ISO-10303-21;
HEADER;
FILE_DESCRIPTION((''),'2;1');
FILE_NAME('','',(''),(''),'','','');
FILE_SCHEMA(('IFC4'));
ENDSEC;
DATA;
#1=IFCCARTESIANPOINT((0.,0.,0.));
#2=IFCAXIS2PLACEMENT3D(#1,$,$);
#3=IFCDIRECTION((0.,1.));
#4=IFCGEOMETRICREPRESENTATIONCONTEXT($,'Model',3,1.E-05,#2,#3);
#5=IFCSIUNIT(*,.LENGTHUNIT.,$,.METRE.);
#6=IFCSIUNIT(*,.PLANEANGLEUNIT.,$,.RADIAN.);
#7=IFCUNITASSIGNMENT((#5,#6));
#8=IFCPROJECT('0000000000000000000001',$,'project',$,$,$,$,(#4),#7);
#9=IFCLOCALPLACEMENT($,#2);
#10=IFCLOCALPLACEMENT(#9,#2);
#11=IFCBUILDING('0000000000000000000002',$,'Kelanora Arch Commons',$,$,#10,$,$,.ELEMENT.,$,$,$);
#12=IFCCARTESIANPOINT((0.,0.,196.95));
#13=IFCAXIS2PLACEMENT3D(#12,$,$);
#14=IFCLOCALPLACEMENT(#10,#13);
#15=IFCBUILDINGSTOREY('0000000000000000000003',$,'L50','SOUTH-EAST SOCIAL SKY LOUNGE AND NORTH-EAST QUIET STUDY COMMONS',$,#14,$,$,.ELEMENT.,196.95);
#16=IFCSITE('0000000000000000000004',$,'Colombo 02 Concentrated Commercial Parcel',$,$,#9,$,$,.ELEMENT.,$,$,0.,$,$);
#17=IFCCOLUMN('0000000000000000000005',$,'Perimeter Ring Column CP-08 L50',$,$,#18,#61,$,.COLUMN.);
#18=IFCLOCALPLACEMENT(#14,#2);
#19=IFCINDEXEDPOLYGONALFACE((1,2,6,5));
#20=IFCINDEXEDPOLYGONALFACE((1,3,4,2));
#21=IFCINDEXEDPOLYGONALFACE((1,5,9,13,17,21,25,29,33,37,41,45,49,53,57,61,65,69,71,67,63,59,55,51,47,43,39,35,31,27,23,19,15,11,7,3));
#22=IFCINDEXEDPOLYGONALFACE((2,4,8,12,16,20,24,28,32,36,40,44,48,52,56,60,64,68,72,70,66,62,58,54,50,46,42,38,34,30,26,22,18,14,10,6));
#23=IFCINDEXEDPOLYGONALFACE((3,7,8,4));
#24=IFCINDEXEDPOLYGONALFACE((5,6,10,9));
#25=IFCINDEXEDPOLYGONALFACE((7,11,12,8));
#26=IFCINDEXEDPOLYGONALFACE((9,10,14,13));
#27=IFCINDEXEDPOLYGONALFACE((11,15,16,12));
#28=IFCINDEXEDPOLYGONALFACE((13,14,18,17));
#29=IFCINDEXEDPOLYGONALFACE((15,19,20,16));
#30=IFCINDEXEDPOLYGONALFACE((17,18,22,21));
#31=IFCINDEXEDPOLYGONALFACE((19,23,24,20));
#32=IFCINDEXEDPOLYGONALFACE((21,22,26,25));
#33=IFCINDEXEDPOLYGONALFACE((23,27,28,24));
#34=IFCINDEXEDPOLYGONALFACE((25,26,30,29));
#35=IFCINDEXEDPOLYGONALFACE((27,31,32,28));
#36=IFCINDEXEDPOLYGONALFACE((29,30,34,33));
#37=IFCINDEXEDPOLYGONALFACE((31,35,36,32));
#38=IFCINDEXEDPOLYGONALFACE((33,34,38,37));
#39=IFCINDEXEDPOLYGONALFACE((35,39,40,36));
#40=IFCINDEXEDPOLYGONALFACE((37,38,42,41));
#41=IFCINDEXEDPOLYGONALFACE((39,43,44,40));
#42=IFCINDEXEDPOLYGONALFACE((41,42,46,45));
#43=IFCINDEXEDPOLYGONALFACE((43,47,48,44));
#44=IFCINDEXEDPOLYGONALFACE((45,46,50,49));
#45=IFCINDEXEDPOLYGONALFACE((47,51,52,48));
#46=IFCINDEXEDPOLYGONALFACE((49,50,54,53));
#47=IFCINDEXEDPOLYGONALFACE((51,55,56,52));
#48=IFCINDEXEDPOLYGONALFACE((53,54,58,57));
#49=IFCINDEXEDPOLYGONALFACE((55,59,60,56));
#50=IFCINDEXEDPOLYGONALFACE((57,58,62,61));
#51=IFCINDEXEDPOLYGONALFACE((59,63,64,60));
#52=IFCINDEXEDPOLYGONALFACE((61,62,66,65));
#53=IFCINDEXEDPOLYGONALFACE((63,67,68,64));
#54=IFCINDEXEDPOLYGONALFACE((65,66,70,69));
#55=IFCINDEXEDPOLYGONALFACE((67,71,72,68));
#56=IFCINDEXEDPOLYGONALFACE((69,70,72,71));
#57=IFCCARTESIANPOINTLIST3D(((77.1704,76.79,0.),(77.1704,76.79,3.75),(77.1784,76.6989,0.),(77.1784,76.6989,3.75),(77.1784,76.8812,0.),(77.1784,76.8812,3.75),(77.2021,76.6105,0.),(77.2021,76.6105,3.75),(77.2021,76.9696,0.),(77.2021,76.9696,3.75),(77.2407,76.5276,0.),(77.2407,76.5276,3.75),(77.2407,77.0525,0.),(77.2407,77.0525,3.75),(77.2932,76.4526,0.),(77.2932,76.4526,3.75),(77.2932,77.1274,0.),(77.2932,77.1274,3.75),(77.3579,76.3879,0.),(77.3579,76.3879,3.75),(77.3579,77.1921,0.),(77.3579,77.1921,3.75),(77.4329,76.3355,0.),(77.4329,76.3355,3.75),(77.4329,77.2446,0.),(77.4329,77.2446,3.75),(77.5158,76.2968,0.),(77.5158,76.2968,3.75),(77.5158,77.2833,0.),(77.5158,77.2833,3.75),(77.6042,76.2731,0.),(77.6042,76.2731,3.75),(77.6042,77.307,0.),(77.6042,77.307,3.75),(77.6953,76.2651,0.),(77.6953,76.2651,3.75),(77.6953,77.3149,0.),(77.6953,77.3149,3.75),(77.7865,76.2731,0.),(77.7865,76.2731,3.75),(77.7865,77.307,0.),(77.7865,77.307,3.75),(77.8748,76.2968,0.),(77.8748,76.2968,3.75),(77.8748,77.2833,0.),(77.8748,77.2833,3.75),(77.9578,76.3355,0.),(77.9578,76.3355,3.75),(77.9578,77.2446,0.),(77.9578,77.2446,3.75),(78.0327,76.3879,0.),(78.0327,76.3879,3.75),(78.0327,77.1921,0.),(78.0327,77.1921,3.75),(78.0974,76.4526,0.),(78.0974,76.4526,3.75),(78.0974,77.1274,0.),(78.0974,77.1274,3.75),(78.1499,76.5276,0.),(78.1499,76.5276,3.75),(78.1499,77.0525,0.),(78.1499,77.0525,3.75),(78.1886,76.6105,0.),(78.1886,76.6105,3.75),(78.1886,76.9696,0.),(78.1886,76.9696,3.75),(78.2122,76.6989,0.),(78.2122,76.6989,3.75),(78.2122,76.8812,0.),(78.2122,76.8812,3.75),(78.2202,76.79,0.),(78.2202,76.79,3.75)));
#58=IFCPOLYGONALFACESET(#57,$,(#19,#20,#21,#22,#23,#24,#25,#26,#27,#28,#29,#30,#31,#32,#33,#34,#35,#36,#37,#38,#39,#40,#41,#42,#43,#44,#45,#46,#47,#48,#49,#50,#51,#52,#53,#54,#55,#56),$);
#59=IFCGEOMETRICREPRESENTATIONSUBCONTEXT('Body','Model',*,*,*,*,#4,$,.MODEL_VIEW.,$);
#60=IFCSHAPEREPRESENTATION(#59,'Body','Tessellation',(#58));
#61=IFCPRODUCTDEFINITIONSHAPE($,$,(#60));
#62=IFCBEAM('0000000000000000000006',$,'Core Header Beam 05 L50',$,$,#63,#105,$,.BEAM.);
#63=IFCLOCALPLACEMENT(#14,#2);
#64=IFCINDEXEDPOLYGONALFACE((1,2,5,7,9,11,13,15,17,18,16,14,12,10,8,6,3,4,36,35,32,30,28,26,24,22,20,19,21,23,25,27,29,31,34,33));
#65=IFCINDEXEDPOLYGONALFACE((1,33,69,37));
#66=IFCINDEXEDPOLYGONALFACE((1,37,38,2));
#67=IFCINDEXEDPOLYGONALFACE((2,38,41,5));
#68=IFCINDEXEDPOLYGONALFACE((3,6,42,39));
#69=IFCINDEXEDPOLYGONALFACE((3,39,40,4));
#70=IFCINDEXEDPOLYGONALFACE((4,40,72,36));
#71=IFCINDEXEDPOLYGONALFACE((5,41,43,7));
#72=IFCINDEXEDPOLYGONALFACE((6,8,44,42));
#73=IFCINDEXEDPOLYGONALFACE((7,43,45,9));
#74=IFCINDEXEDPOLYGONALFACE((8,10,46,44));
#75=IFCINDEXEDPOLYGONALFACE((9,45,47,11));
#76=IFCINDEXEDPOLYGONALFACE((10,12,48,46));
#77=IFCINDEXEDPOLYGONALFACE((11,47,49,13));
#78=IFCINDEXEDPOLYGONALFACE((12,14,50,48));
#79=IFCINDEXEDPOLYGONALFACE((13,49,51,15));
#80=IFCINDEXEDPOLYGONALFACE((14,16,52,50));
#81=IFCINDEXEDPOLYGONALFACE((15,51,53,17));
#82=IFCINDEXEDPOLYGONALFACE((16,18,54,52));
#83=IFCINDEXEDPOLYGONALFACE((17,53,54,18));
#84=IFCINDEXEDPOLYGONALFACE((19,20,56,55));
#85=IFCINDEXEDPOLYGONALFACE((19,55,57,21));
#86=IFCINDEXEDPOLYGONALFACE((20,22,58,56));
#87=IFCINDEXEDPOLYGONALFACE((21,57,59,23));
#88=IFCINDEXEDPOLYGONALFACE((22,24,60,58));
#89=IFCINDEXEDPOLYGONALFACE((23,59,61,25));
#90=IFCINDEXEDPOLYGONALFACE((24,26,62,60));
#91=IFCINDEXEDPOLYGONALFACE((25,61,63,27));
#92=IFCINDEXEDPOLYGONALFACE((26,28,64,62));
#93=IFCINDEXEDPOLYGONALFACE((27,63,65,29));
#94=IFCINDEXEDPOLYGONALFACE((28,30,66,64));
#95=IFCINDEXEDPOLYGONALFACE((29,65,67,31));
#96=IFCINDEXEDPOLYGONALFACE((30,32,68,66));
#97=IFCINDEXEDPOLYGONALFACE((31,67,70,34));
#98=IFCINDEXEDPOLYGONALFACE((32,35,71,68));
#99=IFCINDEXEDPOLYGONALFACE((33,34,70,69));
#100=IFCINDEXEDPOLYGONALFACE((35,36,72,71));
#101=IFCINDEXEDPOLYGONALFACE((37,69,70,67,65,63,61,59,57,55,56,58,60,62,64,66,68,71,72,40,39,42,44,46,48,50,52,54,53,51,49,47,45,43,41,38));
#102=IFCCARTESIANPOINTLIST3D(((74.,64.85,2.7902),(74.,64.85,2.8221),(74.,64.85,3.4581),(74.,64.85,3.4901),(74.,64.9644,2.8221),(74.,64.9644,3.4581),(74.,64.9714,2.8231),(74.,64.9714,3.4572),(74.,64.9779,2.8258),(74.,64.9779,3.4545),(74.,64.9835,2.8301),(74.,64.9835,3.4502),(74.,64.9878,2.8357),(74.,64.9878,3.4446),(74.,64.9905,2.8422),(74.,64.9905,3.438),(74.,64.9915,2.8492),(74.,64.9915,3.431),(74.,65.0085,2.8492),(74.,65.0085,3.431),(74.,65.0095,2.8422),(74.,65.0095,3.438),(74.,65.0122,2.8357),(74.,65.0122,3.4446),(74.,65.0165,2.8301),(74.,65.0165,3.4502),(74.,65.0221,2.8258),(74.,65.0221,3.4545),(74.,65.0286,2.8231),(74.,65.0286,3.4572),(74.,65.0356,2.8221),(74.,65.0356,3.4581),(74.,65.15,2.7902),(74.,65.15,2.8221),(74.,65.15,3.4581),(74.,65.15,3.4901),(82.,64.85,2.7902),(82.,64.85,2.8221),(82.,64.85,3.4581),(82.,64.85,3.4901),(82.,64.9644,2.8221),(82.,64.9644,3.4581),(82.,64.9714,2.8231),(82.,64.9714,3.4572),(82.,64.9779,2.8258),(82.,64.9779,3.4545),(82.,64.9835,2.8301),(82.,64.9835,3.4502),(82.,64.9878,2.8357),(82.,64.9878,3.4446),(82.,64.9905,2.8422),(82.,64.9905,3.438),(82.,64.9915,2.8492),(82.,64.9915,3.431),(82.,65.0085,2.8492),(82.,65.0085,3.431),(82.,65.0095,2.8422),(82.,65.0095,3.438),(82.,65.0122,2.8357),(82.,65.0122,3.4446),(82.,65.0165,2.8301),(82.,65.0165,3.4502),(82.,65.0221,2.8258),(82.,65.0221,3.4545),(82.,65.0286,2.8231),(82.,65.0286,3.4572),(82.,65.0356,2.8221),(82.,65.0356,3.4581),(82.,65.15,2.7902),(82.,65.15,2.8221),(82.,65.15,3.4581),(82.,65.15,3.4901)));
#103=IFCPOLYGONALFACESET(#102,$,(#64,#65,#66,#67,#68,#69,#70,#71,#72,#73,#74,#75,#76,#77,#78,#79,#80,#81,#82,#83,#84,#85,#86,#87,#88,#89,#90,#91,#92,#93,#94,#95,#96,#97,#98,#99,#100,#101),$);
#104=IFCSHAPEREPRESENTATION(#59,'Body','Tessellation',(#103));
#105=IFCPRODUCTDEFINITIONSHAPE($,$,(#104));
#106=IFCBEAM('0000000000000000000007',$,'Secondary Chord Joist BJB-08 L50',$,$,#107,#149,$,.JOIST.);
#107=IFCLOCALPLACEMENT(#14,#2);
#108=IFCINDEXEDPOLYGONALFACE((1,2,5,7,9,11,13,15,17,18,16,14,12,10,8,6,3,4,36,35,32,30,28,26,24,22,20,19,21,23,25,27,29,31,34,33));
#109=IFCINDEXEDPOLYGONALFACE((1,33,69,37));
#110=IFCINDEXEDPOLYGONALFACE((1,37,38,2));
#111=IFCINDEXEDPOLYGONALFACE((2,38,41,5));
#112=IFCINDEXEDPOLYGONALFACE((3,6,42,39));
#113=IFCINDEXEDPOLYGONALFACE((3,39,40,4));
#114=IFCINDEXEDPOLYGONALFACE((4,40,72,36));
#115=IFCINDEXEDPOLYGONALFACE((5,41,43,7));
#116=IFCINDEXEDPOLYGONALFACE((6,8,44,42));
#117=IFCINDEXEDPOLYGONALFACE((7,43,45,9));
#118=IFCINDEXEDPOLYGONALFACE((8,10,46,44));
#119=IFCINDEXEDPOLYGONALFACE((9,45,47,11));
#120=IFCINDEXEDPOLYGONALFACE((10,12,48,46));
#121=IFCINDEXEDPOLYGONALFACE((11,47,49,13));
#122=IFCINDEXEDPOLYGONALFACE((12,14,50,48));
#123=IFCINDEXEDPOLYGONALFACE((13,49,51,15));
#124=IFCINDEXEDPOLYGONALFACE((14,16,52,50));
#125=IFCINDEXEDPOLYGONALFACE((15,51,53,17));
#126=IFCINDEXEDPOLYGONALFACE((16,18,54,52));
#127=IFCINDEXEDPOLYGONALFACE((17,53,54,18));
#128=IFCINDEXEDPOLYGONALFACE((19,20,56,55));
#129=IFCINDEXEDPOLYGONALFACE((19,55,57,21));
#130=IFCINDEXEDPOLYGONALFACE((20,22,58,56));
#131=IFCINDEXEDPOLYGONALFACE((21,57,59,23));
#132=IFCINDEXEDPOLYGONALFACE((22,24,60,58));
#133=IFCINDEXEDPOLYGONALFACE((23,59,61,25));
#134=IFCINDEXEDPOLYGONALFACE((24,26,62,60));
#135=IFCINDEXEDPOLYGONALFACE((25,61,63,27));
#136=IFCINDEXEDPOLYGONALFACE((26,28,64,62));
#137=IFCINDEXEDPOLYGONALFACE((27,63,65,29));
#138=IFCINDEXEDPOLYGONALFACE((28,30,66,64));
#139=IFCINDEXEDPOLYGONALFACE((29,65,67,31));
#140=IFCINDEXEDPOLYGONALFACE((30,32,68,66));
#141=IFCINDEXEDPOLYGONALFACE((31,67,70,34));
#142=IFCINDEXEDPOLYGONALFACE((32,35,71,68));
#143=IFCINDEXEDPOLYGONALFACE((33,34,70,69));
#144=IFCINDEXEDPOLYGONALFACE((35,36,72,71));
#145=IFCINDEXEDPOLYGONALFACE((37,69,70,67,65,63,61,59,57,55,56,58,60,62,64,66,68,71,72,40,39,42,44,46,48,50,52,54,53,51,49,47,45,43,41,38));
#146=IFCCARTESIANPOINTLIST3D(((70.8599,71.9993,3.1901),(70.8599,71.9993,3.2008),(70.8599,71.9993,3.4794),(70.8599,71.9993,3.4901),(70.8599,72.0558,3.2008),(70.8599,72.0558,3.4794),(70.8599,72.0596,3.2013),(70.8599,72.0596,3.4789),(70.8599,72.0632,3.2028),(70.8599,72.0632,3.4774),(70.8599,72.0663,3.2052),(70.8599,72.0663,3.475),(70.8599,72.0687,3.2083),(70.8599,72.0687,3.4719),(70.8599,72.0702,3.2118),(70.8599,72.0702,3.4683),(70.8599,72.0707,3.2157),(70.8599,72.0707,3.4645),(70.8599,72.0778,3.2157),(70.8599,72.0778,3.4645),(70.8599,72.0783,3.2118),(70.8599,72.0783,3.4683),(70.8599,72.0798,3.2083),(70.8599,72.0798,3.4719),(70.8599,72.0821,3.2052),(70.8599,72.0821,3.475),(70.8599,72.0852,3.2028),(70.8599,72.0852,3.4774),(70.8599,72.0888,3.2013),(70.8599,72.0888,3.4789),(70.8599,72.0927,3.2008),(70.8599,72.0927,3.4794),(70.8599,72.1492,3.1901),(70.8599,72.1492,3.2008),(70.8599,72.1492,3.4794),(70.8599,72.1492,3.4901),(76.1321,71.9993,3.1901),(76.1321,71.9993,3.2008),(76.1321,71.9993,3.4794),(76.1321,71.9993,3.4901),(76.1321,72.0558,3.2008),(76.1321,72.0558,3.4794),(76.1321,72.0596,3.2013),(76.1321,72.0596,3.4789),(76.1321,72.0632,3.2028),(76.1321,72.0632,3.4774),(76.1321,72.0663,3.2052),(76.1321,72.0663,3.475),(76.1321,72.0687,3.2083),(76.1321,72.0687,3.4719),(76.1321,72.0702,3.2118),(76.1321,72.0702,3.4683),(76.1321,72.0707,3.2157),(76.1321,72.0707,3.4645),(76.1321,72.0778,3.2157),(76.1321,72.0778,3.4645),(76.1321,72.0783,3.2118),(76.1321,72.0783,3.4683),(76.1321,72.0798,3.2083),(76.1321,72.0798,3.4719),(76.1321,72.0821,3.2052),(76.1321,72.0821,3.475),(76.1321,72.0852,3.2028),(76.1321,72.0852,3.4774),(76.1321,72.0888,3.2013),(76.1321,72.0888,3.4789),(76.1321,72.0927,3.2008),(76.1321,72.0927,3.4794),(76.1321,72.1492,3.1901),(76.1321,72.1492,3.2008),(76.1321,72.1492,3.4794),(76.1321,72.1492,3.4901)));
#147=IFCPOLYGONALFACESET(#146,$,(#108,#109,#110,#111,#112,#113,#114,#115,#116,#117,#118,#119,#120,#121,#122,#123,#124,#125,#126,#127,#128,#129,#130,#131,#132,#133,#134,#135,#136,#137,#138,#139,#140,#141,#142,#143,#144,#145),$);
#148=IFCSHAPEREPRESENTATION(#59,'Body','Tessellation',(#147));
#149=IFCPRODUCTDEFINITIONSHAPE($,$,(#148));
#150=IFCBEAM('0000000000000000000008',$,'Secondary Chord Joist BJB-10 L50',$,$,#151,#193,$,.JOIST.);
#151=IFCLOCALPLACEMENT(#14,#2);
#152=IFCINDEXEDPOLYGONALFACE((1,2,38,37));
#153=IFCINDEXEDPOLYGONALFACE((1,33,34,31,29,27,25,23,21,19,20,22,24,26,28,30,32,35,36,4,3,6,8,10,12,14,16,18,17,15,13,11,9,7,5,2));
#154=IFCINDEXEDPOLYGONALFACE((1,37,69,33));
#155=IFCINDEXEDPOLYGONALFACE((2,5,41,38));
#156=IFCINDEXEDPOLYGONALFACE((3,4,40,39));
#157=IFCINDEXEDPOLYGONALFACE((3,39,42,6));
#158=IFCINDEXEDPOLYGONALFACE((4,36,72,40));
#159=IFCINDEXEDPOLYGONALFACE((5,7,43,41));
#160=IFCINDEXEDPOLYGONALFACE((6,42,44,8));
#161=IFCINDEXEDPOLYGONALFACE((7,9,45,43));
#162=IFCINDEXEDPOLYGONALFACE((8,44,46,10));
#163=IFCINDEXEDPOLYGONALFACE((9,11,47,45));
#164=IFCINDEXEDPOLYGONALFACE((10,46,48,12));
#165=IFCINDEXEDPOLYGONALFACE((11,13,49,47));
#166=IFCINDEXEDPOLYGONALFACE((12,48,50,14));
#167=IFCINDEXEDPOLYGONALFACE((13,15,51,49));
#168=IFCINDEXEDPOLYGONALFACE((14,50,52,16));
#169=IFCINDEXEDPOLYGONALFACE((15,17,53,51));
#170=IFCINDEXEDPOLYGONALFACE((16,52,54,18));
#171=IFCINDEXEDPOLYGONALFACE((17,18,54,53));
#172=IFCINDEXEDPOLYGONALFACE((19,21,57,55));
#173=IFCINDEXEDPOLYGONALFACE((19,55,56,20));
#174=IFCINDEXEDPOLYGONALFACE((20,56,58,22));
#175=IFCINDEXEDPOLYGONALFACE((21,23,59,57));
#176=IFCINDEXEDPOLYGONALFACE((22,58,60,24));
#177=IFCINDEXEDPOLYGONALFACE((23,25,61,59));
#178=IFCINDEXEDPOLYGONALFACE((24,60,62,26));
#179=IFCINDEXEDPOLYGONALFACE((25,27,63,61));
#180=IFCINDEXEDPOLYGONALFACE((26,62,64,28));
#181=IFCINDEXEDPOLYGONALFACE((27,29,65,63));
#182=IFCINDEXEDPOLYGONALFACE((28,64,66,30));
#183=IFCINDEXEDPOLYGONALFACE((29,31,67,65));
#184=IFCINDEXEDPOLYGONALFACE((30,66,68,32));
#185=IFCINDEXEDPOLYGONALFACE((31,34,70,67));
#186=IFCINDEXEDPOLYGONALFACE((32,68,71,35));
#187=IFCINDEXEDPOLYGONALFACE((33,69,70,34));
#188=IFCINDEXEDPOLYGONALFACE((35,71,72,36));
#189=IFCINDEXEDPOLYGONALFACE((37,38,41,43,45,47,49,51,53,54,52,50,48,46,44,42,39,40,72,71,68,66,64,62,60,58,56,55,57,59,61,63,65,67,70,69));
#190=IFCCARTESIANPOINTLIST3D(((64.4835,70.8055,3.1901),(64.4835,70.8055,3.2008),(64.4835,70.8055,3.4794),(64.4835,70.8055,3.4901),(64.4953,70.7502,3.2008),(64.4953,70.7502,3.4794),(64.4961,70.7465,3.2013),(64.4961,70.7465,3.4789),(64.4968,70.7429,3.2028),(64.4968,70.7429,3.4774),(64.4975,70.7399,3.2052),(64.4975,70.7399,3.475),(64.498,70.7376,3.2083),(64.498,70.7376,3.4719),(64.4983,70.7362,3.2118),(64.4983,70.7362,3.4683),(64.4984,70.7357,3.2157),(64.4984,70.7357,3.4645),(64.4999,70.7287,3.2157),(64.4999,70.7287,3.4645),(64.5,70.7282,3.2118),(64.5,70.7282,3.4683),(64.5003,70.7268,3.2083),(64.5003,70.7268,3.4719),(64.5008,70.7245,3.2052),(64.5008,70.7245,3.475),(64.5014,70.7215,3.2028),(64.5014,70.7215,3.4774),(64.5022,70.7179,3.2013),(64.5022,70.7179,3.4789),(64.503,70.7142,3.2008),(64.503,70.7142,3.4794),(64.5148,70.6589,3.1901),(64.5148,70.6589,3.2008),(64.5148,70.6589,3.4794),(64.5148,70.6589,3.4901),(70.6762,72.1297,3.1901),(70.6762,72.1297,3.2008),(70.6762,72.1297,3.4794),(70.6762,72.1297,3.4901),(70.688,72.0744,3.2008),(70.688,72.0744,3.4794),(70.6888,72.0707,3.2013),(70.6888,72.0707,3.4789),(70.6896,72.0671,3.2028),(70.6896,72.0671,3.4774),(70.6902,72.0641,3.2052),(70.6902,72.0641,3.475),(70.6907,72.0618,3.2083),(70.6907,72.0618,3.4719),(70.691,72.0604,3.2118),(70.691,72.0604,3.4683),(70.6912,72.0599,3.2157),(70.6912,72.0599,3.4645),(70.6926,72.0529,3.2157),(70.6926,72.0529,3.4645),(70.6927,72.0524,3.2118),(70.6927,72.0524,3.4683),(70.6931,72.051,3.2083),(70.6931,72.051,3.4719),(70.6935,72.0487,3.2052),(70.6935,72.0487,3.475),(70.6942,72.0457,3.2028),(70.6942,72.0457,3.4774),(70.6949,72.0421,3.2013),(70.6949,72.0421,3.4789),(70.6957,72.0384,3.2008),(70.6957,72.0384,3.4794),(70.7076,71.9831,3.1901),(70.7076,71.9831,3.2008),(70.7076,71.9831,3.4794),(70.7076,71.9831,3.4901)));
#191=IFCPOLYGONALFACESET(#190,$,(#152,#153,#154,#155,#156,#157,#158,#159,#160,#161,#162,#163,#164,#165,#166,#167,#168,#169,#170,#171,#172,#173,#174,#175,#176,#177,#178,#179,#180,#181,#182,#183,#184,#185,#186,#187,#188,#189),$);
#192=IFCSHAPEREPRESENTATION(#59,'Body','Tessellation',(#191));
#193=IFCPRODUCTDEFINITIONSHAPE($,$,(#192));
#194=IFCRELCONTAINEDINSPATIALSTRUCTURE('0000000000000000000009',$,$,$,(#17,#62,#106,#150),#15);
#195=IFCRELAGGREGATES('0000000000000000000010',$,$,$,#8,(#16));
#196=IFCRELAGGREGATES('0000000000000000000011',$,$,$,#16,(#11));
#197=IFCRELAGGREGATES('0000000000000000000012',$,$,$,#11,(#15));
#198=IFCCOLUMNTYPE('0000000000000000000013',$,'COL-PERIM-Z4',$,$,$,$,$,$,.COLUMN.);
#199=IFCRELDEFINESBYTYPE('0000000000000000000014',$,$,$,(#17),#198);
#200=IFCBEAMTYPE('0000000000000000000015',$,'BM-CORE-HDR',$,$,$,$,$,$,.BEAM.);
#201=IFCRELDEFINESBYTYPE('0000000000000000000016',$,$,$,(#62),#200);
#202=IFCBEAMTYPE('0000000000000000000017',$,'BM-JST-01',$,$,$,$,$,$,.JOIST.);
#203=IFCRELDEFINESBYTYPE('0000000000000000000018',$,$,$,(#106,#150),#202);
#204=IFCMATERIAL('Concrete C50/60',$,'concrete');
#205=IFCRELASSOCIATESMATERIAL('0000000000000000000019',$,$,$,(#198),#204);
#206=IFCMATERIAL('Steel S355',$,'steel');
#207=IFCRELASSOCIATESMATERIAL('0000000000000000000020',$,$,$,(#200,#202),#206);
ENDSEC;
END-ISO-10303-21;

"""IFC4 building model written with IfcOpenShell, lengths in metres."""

from ifc_helpers import new_model, si_unit, direction, frame, origin, origin_2d, place, context, subcontext, project, spatial, circle, i_section, extrude, material, material_profile, profile_set, type_object, element, save


model = new_model("IFC4")

# Units and contexts
model_context = context("Model", 3, precision=1e-05, world=origin(), true_north=direction((0.0, 1.0)))
body_context = subcontext(model_context, "Body", "Model", "MODEL_VIEW")
ifc_project = project(units=[si_unit("LENGTHUNIT", "METRE"), si_unit("PLANEANGLEUNIT", "RADIAN")], contexts=[model_context])

# Site, building, storey
site_placement = place(None, origin())
site = spatial("IfcSite", under=ifc_project, at=site_placement, Name="Colombo 02 Concentrated Commercial Parcel", CompositionType="ELEMENT", RefElevation=0.0)
building_placement = place(site_placement, origin())
building = spatial("IfcBuilding", under=site, at=building_placement, Name="Kelanora Arch Commons", CompositionType="ELEMENT")
storey_placement = place(building_placement, frame((0.0, 0.0, 196.95)))
storey = spatial("IfcBuildingStorey", under=building, at=storey_placement, Name="L50", Description="SOUTH-EAST SOCIAL SKY LOUNGE AND NORTH-EAST QUIET STUDY COMMONS", CompositionType="ELEMENT", Elevation=196.95)

# Column
ifc_material_1 = material(Name="Concrete C50/60", Category="concrete")
ifc_material_profile_1 = material_profile(ifc_material_1, circle(Radius=0.5249, at=origin_2d()), Name="RCC1050")
ifc_profile_set_1 = profile_set([ifc_material_profile_1], Name="Concrete C50/60")
column_type = type_object("IfcColumnType", Name="COL-PERIM-Z4", PredefinedType="COLUMN", material=ifc_profile_set_1)
column_placement = place(storey_placement, frame((77.6953, 76.79, 0.0), z_axis=(0.0, 0.0, 1.0), x_axis=(1.0, 0.0, 0.0)))
element("IfcColumn", 1, at=column_placement, inside=storey, type_object=column_type, Name="Perimeter Ring Column CP-08 L50", PredefinedType="COLUMN", context=body_context, shape_type="SweptSolid", body=[
    extrude(circle(Radius=0.5249, at=origin_2d()), origin(), (0.0, 0.0, 1.0), 3.75),
])

# Beams
ifc_material_2 = material(Name="Steel S355", Category="steel")
ifc_material_profile_2 = material_profile(ifc_material_2, i_section(OverallWidth=0.3, OverallDepth=0.7, WebThickness=0.0171, FlangeThickness=0.032, FilletRadius=0.0271, at=origin_2d()), Name="HEB700")
ifc_profile_set_2 = profile_set([ifc_material_profile_2], Name="Steel S355")
beam_type_1 = type_object("IfcBeamType", Name="BM-CORE-HDR", PredefinedType="BEAM", material=ifc_profile_set_2)
beam_1_placement = place(storey_placement, frame((82.0, 65.0, 3.1401), z_axis=(-1.0, 0.0, 0.0), x_axis=(0.0, -1.0, 0.0)))
element("IfcBeam", 2, at=beam_1_placement, inside=storey, type_object=beam_type_1, Name="Core Header Beam 05 L50", PredefinedType="BEAM", context=body_context, shape_type="SweptSolid", body=[
    extrude(i_section(OverallWidth=0.3, OverallDepth=0.7, WebThickness=0.0171, FlangeThickness=0.032, FilletRadius=0.0271, at=origin_2d()), origin(), (0.0, 0.0, 1.0), 8.0),
])
ifc_material_profile_3 = material_profile(ifc_material_2, i_section(OverallWidth=0.1499, OverallDepth=0.3, WebThickness=0.0071, FlangeThickness=0.0107, FilletRadius=0.0149, at=origin_2d()), Name="IPE300")
ifc_profile_set_3 = profile_set([ifc_material_profile_3], Name="Steel S355")
beam_type_2 = type_object("IfcBeamType", Name="BM-JST-01", PredefinedType="JOIST", material=ifc_profile_set_3)
beam_2_placement = place(storey_placement, frame((76.1321, 72.0742, 3.3401), z_axis=(-1.0, 0.0, 0.0), x_axis=(0.0, -1.0, 0.0)))
element("IfcBeam", 3, at=beam_2_placement, inside=storey, type_object=beam_type_2, Name="Secondary Chord Joist BJB-08 L50", PredefinedType="JOIST", context=body_context, shape_type="SweptSolid", body=[
    extrude(i_section(OverallWidth=0.1499, OverallDepth=0.3, WebThickness=0.0071, FlangeThickness=0.0107, FilletRadius=0.0149, at=origin_2d()), origin(), (0.0, 0.0, 1.0), 5.2722),
])
beam_3_placement = place(storey_placement, frame((70.6919, 72.0564, 3.3401), z_axis=(-0.977894, -0.209103, 0.0), x_axis=(0.209103, -0.977894, 0.0)))
element("IfcBeam", 4, at=beam_3_placement, inside=storey, type_object=beam_type_2, Name="Secondary Chord Joist BJB-10 L50", PredefinedType="JOIST", context=body_context, shape_type="SweptSolid", body=[
    extrude(i_section(OverallWidth=0.1499, OverallDepth=0.3, WebThickness=0.0071, FlangeThickness=0.0107, FilletRadius=0.0149, at=origin_2d()), origin(), (0.0, 0.0, 1.0), 6.3328),
])

save(model, "model.ifc")
